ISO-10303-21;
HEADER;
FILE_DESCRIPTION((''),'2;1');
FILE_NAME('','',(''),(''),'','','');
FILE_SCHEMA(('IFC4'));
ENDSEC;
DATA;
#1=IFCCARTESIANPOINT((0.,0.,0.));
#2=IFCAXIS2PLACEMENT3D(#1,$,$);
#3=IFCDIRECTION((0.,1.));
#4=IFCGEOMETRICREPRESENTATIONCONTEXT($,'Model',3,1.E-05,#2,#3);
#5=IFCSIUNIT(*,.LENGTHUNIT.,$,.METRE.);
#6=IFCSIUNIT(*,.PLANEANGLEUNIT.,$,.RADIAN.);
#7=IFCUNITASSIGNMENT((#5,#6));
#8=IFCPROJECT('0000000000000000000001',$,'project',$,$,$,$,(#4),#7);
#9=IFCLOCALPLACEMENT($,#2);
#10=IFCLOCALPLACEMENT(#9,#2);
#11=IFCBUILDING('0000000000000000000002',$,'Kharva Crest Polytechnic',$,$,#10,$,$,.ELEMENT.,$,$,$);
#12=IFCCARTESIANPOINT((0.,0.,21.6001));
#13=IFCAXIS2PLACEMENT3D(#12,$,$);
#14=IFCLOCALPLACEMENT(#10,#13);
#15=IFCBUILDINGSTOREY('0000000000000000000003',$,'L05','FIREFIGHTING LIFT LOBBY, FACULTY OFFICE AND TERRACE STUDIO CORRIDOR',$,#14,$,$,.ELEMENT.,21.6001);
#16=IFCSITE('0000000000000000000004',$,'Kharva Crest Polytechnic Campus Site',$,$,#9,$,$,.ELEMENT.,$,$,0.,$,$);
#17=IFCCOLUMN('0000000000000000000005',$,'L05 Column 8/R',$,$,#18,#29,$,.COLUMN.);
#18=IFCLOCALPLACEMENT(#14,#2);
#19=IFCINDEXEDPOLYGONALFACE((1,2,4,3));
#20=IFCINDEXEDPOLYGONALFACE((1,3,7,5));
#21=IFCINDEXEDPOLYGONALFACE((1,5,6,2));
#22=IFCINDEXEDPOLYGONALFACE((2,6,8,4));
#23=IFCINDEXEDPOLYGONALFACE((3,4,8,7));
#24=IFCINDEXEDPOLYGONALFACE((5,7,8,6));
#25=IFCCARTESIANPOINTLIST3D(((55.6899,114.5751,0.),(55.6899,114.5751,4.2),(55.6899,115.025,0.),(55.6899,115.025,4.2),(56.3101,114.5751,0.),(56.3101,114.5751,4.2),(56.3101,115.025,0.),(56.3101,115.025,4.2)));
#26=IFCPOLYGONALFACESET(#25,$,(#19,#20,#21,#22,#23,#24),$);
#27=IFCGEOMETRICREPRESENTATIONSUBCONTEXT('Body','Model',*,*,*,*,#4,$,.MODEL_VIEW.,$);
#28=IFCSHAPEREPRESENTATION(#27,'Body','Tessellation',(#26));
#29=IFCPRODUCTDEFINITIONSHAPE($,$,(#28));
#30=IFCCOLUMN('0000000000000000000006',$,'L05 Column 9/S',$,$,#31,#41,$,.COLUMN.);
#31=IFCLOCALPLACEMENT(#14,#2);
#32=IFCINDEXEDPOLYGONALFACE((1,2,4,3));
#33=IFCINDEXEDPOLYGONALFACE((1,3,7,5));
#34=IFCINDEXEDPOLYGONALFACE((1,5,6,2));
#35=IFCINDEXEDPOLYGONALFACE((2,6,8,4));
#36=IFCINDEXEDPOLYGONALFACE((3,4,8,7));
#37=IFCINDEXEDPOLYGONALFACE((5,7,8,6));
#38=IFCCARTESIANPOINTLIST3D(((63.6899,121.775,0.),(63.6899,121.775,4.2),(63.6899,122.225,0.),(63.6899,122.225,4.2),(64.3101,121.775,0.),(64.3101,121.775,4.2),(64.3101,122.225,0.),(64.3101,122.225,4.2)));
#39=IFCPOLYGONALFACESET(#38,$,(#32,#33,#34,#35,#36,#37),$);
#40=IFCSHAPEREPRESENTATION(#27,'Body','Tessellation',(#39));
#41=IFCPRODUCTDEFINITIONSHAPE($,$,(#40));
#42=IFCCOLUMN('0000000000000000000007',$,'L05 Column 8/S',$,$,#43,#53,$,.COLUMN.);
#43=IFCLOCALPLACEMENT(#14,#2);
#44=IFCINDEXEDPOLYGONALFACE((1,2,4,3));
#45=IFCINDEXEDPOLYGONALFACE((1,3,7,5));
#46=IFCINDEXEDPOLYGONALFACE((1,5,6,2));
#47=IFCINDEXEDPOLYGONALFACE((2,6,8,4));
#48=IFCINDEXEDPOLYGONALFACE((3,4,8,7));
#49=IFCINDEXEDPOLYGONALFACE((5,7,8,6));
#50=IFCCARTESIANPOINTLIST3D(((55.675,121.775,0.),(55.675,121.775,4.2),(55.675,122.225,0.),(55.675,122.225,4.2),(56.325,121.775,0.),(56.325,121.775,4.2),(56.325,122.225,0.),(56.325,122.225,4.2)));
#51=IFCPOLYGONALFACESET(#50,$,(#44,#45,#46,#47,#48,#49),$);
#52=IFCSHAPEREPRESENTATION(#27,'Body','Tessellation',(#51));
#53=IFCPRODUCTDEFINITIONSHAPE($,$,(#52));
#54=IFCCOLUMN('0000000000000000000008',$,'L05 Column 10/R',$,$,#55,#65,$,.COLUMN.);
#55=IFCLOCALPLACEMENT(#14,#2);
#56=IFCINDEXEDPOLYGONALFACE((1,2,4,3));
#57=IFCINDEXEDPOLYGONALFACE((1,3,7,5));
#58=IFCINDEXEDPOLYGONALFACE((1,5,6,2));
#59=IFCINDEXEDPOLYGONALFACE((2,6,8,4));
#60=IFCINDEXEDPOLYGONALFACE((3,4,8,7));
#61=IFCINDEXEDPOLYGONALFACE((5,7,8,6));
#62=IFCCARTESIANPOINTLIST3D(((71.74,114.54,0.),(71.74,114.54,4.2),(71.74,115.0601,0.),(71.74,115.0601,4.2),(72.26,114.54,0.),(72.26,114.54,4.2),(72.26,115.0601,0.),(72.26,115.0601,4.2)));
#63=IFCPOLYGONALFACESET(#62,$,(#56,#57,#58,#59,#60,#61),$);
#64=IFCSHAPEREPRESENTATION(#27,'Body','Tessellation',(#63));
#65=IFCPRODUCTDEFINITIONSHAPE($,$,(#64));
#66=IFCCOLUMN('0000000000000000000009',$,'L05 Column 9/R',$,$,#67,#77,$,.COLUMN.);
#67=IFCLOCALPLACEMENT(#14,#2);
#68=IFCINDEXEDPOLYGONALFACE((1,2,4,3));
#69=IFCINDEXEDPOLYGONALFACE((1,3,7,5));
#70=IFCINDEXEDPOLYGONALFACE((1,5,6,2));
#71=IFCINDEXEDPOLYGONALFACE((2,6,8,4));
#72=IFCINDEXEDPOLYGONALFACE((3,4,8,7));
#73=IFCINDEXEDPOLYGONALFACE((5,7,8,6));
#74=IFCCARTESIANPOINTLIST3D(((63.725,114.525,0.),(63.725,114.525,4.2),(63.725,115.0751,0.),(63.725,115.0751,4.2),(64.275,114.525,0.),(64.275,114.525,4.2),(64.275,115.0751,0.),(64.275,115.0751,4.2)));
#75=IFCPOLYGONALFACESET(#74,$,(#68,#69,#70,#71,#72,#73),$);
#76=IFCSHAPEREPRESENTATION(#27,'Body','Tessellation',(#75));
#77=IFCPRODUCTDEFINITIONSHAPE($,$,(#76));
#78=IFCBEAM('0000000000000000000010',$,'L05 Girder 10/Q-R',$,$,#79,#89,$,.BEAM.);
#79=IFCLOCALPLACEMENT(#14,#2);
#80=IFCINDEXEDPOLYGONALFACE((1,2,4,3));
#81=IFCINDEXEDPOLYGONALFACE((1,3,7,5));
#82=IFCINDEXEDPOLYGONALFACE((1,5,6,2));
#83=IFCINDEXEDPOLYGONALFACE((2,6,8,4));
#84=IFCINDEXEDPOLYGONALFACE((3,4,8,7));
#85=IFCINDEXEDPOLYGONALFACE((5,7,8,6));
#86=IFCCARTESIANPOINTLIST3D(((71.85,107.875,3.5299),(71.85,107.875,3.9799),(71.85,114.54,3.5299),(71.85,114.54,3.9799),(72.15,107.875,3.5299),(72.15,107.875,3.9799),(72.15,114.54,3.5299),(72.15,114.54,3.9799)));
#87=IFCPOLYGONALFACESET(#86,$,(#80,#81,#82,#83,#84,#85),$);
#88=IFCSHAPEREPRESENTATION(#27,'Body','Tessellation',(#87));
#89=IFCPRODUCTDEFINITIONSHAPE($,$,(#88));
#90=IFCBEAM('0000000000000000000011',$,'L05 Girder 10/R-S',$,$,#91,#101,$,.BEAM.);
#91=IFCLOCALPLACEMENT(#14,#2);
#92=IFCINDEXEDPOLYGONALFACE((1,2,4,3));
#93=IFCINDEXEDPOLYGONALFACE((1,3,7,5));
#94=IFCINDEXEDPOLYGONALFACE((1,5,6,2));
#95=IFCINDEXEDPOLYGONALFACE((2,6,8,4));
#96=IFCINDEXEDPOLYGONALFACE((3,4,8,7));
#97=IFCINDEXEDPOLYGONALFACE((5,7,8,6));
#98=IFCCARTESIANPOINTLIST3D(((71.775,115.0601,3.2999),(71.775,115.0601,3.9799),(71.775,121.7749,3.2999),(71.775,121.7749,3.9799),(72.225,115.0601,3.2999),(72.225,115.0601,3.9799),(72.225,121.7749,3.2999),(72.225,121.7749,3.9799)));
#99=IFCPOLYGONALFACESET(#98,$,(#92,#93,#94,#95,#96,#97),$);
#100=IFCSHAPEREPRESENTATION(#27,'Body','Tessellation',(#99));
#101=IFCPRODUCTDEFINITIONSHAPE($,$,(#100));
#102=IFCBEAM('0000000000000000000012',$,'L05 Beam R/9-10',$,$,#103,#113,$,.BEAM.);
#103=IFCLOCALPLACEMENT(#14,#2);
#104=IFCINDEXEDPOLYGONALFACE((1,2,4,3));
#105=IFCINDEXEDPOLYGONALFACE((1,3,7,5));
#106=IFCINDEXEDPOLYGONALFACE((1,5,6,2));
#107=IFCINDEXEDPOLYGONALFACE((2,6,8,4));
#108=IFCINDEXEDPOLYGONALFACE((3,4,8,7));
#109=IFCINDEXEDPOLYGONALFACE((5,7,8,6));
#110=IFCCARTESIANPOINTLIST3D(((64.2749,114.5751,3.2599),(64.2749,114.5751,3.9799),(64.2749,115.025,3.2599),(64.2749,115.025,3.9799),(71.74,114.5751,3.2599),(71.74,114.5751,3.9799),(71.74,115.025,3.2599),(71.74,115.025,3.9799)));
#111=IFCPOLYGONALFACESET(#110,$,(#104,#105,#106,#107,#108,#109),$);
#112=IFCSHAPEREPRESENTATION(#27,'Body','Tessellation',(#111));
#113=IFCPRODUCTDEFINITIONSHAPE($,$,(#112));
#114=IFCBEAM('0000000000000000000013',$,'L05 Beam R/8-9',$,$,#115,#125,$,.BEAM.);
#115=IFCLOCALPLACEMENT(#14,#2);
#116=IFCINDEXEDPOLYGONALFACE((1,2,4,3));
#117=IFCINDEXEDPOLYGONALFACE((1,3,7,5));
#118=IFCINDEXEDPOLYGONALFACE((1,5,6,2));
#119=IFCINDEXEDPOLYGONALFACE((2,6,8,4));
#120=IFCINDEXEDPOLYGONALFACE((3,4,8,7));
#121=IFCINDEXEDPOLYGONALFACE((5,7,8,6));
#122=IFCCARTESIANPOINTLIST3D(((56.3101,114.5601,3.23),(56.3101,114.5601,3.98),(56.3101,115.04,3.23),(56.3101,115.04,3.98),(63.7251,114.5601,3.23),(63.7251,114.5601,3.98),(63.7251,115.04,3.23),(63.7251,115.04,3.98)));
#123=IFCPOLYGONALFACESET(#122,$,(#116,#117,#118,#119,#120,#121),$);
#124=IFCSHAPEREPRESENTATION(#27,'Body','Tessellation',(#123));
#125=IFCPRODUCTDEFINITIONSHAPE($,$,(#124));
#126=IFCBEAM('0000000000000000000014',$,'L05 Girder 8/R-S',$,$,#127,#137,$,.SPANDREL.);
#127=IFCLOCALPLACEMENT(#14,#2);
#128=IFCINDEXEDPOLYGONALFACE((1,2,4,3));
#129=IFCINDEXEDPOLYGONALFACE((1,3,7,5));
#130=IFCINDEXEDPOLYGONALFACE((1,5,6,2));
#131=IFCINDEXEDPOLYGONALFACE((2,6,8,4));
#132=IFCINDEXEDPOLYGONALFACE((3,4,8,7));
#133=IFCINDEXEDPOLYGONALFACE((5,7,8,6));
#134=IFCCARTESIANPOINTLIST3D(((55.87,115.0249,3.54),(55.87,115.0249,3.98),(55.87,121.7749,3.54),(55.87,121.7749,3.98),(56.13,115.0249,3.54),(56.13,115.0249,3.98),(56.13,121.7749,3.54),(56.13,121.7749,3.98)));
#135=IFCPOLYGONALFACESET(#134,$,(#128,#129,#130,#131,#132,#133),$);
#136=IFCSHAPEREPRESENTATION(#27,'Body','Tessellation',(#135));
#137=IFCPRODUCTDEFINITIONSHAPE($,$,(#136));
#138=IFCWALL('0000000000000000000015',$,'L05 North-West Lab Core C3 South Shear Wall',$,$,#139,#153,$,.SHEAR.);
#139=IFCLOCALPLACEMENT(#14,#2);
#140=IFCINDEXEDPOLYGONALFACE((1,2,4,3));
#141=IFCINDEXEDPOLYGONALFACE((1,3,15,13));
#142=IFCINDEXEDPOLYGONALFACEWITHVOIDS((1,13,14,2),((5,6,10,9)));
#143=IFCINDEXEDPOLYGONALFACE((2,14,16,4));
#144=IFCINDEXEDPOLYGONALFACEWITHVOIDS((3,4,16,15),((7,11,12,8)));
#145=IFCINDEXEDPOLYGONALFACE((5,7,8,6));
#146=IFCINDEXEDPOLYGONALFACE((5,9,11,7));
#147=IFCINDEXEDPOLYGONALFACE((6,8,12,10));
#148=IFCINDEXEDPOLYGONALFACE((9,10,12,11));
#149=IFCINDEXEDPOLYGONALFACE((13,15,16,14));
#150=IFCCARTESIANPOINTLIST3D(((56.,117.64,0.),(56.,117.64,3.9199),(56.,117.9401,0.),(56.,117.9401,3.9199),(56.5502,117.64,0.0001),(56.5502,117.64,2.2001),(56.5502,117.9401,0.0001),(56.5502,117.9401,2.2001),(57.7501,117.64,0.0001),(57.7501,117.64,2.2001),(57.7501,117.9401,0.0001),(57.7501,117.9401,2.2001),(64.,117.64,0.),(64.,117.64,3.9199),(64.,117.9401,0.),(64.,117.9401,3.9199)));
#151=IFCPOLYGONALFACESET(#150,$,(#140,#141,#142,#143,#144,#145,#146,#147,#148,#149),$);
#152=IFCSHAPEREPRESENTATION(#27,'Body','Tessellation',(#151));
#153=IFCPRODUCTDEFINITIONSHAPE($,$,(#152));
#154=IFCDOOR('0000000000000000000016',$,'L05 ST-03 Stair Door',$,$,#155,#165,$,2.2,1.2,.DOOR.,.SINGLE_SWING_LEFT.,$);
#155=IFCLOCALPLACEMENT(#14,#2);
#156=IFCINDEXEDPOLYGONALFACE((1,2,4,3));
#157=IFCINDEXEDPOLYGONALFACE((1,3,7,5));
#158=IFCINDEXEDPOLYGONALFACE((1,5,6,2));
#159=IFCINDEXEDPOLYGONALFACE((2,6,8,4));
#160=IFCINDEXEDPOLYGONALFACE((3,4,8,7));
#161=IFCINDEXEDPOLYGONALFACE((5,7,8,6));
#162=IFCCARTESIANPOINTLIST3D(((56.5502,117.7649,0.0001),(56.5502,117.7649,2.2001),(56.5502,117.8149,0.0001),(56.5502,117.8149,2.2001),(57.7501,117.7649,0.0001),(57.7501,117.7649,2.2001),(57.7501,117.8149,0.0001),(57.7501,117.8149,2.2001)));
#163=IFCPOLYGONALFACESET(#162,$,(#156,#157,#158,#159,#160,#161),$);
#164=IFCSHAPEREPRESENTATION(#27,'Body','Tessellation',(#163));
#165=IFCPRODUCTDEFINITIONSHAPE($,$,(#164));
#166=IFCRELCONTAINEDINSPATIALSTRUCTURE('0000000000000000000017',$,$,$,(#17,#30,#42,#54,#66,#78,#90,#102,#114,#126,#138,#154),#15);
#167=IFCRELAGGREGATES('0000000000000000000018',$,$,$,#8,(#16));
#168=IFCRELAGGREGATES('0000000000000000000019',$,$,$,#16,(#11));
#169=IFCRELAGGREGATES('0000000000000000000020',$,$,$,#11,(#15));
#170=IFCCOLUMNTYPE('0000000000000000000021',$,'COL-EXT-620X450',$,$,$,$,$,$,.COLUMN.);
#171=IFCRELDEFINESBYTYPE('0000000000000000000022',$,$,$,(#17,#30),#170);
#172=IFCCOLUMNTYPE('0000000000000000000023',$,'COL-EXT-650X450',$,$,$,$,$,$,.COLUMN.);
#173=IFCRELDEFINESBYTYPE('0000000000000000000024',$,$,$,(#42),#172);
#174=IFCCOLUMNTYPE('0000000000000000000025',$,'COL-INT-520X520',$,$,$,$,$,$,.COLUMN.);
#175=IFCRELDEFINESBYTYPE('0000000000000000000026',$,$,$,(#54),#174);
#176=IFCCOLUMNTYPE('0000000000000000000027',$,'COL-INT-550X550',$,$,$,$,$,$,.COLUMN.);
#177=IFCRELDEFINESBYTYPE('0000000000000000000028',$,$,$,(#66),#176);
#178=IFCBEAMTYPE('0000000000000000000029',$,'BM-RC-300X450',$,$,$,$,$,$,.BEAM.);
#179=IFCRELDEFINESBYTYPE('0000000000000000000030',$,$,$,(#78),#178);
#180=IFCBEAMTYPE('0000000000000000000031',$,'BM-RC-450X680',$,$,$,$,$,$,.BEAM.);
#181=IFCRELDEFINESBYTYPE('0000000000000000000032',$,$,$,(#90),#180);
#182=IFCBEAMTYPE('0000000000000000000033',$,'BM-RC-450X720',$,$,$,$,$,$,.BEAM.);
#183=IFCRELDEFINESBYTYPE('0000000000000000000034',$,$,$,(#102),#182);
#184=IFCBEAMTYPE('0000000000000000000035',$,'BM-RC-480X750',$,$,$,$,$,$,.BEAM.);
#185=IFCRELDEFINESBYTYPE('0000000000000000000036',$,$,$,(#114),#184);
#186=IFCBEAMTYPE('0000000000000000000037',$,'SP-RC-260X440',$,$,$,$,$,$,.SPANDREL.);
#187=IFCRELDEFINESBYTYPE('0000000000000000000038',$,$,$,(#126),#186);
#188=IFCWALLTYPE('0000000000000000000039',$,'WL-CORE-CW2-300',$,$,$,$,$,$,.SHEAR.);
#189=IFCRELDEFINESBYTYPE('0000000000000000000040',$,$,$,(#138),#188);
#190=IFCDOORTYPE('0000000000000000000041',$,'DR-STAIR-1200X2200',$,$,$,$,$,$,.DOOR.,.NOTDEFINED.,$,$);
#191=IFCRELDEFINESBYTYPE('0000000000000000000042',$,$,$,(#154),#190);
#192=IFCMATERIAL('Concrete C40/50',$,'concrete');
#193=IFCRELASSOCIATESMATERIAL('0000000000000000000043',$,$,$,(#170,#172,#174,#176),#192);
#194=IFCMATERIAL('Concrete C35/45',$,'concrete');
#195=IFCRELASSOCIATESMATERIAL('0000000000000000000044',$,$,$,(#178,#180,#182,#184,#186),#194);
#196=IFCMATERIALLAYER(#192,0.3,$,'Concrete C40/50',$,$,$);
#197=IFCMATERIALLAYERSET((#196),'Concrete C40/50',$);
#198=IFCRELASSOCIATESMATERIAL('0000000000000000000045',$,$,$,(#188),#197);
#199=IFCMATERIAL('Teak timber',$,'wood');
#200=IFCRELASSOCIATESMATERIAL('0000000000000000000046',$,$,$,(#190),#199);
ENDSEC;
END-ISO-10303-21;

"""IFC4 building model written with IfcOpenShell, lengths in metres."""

from ifc_helpers import new_model, si_unit, direction, frame, frame_2d, origin, origin_2d, place, context, subcontext, project, spatial, rectangle, extrude, material, layer, layer_set, material_profile, profile_set, type_object, element, fill, save


model = new_model("IFC4")

# Units and contexts
model_context = context("Model", 3, precision=1e-05, world=origin(), true_north=direction((0.0, 1.0)))
body_context = subcontext(model_context, "Body", "Model", "MODEL_VIEW")
ifc_project = project(units=[si_unit("LENGTHUNIT", "METRE"), si_unit("PLANEANGLEUNIT", "RADIAN")], contexts=[model_context])

# Site, building, storey
site_placement = place(None, origin())
site = spatial("IfcSite", under=ifc_project, at=site_placement, Name="Kharva Crest Polytechnic Campus Site", CompositionType="ELEMENT", RefElevation=0.0)
building_placement = place(site_placement, origin())
building = spatial("IfcBuilding", under=site, at=building_placement, Name="Kharva Crest Polytechnic", CompositionType="ELEMENT")
storey_placement = place(building_placement, frame((0.0, 0.0, 21.6001)))
storey = spatial("IfcBuildingStorey", under=building, at=storey_placement, Name="L05", Description="FIREFIGHTING LIFT LOBBY, FACULTY OFFICE AND TERRACE STUDIO CORRIDOR", CompositionType="ELEMENT", Elevation=21.6001)

# Columns
ifc_material_1 = material(Name="Concrete C40/50", Category="concrete")
ifc_material_profile_1 = material_profile(ifc_material_1, rectangle(XDim=0.6201, YDim=0.45, at=origin_2d()), Name="RECT 620 X 450")
ifc_profile_set_1 = profile_set([ifc_material_profile_1], Name="Concrete C40/50")
column_type_1 = type_object("IfcColumnType", Name="COL-EXT-620X450", PredefinedType="COLUMN", material=ifc_profile_set_1)
for number, where, z_axis, x_axis, name in (
    (1, (56.0, 114.8, 0.0), (0.0, 0.0, 1.0), (1.0, 0.0, 0.0), "L05 Column 8/R"),
    (2, (64.0, 122.0, 0.0), (0.0, 0.0, 1.0), (1.0, 0.0, 0.0), "L05 Column 9/S"),
):
    element("IfcColumn", number, at=place(storey_placement, frame(where, z_axis=z_axis, x_axis=x_axis)), inside=storey, type_object=column_type_1, Name=name, PredefinedType="COLUMN", context=body_context, shape_type="SweptSolid", body=[
        extrude(rectangle(XDim=0.6201, YDim=0.45, at=origin_2d()), origin(), (0.0, 0.0, 1.0), 4.2),
    ])
ifc_material_profile_2 = material_profile(ifc_material_1, rectangle(XDim=0.6499, YDim=0.45, at=origin_2d()), Name="RECT 650 X 450")
ifc_profile_set_2 = profile_set([ifc_material_profile_2], Name="Concrete C40/50")
column_type_2 = type_object("IfcColumnType", Name="COL-EXT-650X450", PredefinedType="COLUMN", material=ifc_profile_set_2)
column_1_placement = place(storey_placement, frame((56.0, 122.0, 0.0), z_axis=(0.0, 0.0, 1.0), x_axis=(1.0, 0.0, 0.0)))
element("IfcColumn", 3, at=column_1_placement, inside=storey, type_object=column_type_2, Name="L05 Column 8/S", PredefinedType="COLUMN", context=body_context, shape_type="SweptSolid", body=[
    extrude(rectangle(XDim=0.6499, YDim=0.45, at=origin_2d()), origin(), (0.0, 0.0, 1.0), 4.2),
])
ifc_material_profile_3 = material_profile(ifc_material_1, rectangle(XDim=0.52, YDim=0.52, at=origin_2d()), Name="RECT 520 X 520")
ifc_profile_set_3 = profile_set([ifc_material_profile_3], Name="Concrete C40/50")
column_type_3 = type_object("IfcColumnType", Name="COL-INT-520X520", PredefinedType="COLUMN", material=ifc_profile_set_3)
column_2_placement = place(storey_placement, frame((72.0, 114.8, 0.0), z_axis=(0.0, 0.0, 1.0), x_axis=(1.0, 0.0, 0.0)))
element("IfcColumn", 4, at=column_2_placement, inside=storey, type_object=column_type_3, Name="L05 Column 10/R", PredefinedType="COLUMN", context=body_context, shape_type="SweptSolid", body=[
    extrude(rectangle(XDim=0.52, YDim=0.52, at=origin_2d()), origin(), (0.0, 0.0, 1.0), 4.2),
])
ifc_material_profile_4 = material_profile(ifc_material_1, rectangle(XDim=0.55, YDim=0.55, at=origin_2d()), Name="RECT 550 X 550")
ifc_profile_set_4 = profile_set([ifc_material_profile_4], Name="Concrete C40/50")
column_type_4 = type_object("IfcColumnType", Name="COL-INT-550X550", PredefinedType="COLUMN", material=ifc_profile_set_4)
column_3_placement = place(storey_placement, frame((64.0, 114.8, 0.0), z_axis=(0.0, 0.0, 1.0), x_axis=(1.0, 0.0, 0.0)))
element("IfcColumn", 5, at=column_3_placement, inside=storey, type_object=column_type_4, Name="L05 Column 9/R", PredefinedType="COLUMN", context=body_context, shape_type="SweptSolid", body=[
    extrude(rectangle(XDim=0.55, YDim=0.55, at=origin_2d()), origin(), (0.0, 0.0, 1.0), 4.2),
])

# Beams
ifc_material_2 = material(Name="Concrete C35/45", Category="concrete")
ifc_material_profile_5 = material_profile(ifc_material_2, rectangle(XDim=0.3, YDim=0.45, at=origin_2d()), Name="RECT 300 X 450")
ifc_profile_set_5 = profile_set([ifc_material_profile_5], Name="Concrete C35/45")
beam_type_1 = type_object("IfcBeamType", Name="BM-RC-300X450", PredefinedType="BEAM", material=ifc_profile_set_5)
beam_1_placement = place(storey_placement, frame((72.0, 107.875, 3.7549), z_axis=(0.0, 1.0, 0.0), x_axis=(-1.0, 0.0, 0.0)))
element("IfcBeam", 6, at=beam_1_placement, inside=storey, type_object=beam_type_1, Name="L05 Girder 10/Q-R", PredefinedType="BEAM", context=body_context, shape_type="SweptSolid", body=[
    extrude(rectangle(XDim=0.3, YDim=0.45, at=origin_2d()), origin(), (0.0, 0.0, 1.0), 6.665),
])
ifc_material_profile_6 = material_profile(ifc_material_2, rectangle(XDim=0.45, YDim=0.6799, at=origin_2d()), Name="RECT 450 X 680")
ifc_profile_set_6 = profile_set([ifc_material_profile_6], Name="Concrete C35/45")
beam_type_2 = type_object("IfcBeamType", Name="BM-RC-450X680", PredefinedType="BEAM", material=ifc_profile_set_6)
beam_2_placement = place(storey_placement, frame((72.0, 115.0601, 3.6399), z_axis=(0.0, 1.0, 0.0), x_axis=(-1.0, 0.0, 0.0)))
element("IfcBeam", 7, at=beam_2_placement, inside=storey, type_object=beam_type_2, Name="L05 Girder 10/R-S", PredefinedType="BEAM", context=body_context, shape_type="SweptSolid", body=[
    extrude(rectangle(XDim=0.45, YDim=0.6799, at=origin_2d()), origin(), (0.0, 0.0, 1.0), 6.7148),
])
ifc_material_profile_7 = material_profile(ifc_material_2, rectangle(XDim=0.45, YDim=0.72, at=origin_2d()), Name="RECT 450 X 720")
ifc_profile_set_7 = profile_set([ifc_material_profile_7], Name="Concrete C35/45")
beam_type_3 = type_object("IfcBeamType", Name="BM-RC-450X720", PredefinedType="BEAM", material=ifc_profile_set_7)
beam_3_placement = place(storey_placement, frame((64.2749, 114.8, 3.6199), z_axis=(1.0, 0.0, 0.0), x_axis=(0.0, 1.0, 0.0)))
element("IfcBeam", 8, at=beam_3_placement, inside=storey, type_object=beam_type_3, Name="L05 Beam R/9-10", PredefinedType="BEAM", context=body_context, shape_type="SweptSolid", body=[
    extrude(rectangle(XDim=0.45, YDim=0.72, at=origin_2d()), origin(), (0.0, 0.0, 1.0), 7.4651),
])
ifc_material_profile_8 = material_profile(ifc_material_2, rectangle(XDim=0.48, YDim=0.75, at=origin_2d()), Name="RECT 480 X 750")
ifc_profile_set_8 = profile_set([ifc_material_profile_8], Name="Concrete C35/45")
beam_type_4 = type_object("IfcBeamType", Name="BM-RC-480X750", PredefinedType="BEAM", material=ifc_profile_set_8)
beam_4_placement = place(storey_placement, frame((56.3101, 114.8, 3.605), z_axis=(1.0, 0.0, 0.0), x_axis=(0.0, 1.0, 0.0)))
element("IfcBeam", 9, at=beam_4_placement, inside=storey, type_object=beam_type_4, Name="L05 Beam R/8-9", PredefinedType="BEAM", context=body_context, shape_type="SweptSolid", body=[
    extrude(rectangle(XDim=0.48, YDim=0.75, at=origin_2d()), origin(), (0.0, 0.0, 1.0), 7.415),
])
ifc_material_profile_9 = material_profile(ifc_material_2, rectangle(XDim=0.26, YDim=0.4399, at=origin_2d()), Name="RECT 260 X 440")
ifc_profile_set_9 = profile_set([ifc_material_profile_9], Name="Concrete C35/45")
beam_type_5 = type_object("IfcBeamType", Name="SP-RC-260X440", PredefinedType="SPANDREL", material=ifc_profile_set_9)
beam_5_placement = place(storey_placement, frame((56.0, 115.0249, 3.76), z_axis=(0.0, 1.0, 0.0), x_axis=(-1.0, 0.0, 0.0)))
element("IfcBeam", 10, at=beam_5_placement, inside=storey, type_object=beam_type_5, Name="L05 Girder 8/R-S", PredefinedType="SPANDREL", context=body_context, shape_type="SweptSolid", body=[
    extrude(rectangle(XDim=0.26, YDim=0.4399, at=origin_2d()), origin(), (0.0, 0.0, 1.0), 6.75),
])

# Wall, opening, door
ifc_layer_1 = layer(ifc_material_1, 0.3, Name="Concrete C40/50")
ifc_layer_set_1 = layer_set([ifc_layer_1], Name="Concrete C40/50")
wall_type_1 = type_object("IfcWallType", Name="WL-CORE-CW2-300", PredefinedType="SHEAR", material=ifc_layer_set_1)
wall_1_placement = place(storey_placement, frame((56.0, 117.79, 0.0), z_axis=(0.0, 0.0, 1.0), x_axis=(1.0, 0.0, 0.0)))
wall_1 = element("IfcWall", 11, at=wall_1_placement, inside=storey, type_object=wall_type_1, Name="L05 North-West Lab Core C3 South Shear Wall", PredefinedType="SHEAR", context=body_context, shape_type="SweptSolid", body=[
    extrude(rectangle(XDim=8.0, YDim=0.3, at=frame_2d((4.0, 0.0))), origin(), (0.0, 0.0, 1.0), 3.9199),
])
opening_1_placement = place(wall_1_placement, frame((0.55, 0.0, 0.0)))
opening_1 = element("IfcOpeningElement", 12, at=opening_1_placement, cuts=wall_1, PredefinedType="OPENING", context=body_context, shape_type="SweptSolid", body=[
    extrude(rectangle(XDim=1.2, YDim=2.2, at=frame_2d((0.6001, 1.1001))), frame((0.0, 0.1599, 0.0), z_axis=(0.0, -1.0, 0.0), x_axis=(1.0, 0.0, 0.0)), (0.0, 0.0, 1.0), 0.3201),
])
ifc_material_3 = material(Name="Teak timber", Category="wood")
door_type_1 = type_object("IfcDoorType", Name="DR-STAIR-1200X2200", OperationType="NOTDEFINED", PredefinedType="DOOR", material=ifc_material_3)
door_1_placement = place(opening_1_placement, origin())
door_1 = element("IfcDoor", 13, at=door_1_placement, inside=storey, type_object=door_type_1, Name="L05 ST-03 Stair Door", OperationType="SINGLE_SWING_LEFT", OverallHeight=2.2, OverallWidth=1.2, PredefinedType="DOOR", context=body_context, shape_type="SweptSolid", body=[
    extrude(rectangle(XDim=1.2, YDim=2.2, at=frame_2d((0.6001, 1.1001))), frame((0.0, 0.0249, 0.0), z_axis=(0.0, -1.0, 0.0), x_axis=(1.0, 0.0, 0.0)), (0.0, 0.0, 1.0), 0.05),
])
fill(opening_1, door_1)

save(model, "model.ifc")
